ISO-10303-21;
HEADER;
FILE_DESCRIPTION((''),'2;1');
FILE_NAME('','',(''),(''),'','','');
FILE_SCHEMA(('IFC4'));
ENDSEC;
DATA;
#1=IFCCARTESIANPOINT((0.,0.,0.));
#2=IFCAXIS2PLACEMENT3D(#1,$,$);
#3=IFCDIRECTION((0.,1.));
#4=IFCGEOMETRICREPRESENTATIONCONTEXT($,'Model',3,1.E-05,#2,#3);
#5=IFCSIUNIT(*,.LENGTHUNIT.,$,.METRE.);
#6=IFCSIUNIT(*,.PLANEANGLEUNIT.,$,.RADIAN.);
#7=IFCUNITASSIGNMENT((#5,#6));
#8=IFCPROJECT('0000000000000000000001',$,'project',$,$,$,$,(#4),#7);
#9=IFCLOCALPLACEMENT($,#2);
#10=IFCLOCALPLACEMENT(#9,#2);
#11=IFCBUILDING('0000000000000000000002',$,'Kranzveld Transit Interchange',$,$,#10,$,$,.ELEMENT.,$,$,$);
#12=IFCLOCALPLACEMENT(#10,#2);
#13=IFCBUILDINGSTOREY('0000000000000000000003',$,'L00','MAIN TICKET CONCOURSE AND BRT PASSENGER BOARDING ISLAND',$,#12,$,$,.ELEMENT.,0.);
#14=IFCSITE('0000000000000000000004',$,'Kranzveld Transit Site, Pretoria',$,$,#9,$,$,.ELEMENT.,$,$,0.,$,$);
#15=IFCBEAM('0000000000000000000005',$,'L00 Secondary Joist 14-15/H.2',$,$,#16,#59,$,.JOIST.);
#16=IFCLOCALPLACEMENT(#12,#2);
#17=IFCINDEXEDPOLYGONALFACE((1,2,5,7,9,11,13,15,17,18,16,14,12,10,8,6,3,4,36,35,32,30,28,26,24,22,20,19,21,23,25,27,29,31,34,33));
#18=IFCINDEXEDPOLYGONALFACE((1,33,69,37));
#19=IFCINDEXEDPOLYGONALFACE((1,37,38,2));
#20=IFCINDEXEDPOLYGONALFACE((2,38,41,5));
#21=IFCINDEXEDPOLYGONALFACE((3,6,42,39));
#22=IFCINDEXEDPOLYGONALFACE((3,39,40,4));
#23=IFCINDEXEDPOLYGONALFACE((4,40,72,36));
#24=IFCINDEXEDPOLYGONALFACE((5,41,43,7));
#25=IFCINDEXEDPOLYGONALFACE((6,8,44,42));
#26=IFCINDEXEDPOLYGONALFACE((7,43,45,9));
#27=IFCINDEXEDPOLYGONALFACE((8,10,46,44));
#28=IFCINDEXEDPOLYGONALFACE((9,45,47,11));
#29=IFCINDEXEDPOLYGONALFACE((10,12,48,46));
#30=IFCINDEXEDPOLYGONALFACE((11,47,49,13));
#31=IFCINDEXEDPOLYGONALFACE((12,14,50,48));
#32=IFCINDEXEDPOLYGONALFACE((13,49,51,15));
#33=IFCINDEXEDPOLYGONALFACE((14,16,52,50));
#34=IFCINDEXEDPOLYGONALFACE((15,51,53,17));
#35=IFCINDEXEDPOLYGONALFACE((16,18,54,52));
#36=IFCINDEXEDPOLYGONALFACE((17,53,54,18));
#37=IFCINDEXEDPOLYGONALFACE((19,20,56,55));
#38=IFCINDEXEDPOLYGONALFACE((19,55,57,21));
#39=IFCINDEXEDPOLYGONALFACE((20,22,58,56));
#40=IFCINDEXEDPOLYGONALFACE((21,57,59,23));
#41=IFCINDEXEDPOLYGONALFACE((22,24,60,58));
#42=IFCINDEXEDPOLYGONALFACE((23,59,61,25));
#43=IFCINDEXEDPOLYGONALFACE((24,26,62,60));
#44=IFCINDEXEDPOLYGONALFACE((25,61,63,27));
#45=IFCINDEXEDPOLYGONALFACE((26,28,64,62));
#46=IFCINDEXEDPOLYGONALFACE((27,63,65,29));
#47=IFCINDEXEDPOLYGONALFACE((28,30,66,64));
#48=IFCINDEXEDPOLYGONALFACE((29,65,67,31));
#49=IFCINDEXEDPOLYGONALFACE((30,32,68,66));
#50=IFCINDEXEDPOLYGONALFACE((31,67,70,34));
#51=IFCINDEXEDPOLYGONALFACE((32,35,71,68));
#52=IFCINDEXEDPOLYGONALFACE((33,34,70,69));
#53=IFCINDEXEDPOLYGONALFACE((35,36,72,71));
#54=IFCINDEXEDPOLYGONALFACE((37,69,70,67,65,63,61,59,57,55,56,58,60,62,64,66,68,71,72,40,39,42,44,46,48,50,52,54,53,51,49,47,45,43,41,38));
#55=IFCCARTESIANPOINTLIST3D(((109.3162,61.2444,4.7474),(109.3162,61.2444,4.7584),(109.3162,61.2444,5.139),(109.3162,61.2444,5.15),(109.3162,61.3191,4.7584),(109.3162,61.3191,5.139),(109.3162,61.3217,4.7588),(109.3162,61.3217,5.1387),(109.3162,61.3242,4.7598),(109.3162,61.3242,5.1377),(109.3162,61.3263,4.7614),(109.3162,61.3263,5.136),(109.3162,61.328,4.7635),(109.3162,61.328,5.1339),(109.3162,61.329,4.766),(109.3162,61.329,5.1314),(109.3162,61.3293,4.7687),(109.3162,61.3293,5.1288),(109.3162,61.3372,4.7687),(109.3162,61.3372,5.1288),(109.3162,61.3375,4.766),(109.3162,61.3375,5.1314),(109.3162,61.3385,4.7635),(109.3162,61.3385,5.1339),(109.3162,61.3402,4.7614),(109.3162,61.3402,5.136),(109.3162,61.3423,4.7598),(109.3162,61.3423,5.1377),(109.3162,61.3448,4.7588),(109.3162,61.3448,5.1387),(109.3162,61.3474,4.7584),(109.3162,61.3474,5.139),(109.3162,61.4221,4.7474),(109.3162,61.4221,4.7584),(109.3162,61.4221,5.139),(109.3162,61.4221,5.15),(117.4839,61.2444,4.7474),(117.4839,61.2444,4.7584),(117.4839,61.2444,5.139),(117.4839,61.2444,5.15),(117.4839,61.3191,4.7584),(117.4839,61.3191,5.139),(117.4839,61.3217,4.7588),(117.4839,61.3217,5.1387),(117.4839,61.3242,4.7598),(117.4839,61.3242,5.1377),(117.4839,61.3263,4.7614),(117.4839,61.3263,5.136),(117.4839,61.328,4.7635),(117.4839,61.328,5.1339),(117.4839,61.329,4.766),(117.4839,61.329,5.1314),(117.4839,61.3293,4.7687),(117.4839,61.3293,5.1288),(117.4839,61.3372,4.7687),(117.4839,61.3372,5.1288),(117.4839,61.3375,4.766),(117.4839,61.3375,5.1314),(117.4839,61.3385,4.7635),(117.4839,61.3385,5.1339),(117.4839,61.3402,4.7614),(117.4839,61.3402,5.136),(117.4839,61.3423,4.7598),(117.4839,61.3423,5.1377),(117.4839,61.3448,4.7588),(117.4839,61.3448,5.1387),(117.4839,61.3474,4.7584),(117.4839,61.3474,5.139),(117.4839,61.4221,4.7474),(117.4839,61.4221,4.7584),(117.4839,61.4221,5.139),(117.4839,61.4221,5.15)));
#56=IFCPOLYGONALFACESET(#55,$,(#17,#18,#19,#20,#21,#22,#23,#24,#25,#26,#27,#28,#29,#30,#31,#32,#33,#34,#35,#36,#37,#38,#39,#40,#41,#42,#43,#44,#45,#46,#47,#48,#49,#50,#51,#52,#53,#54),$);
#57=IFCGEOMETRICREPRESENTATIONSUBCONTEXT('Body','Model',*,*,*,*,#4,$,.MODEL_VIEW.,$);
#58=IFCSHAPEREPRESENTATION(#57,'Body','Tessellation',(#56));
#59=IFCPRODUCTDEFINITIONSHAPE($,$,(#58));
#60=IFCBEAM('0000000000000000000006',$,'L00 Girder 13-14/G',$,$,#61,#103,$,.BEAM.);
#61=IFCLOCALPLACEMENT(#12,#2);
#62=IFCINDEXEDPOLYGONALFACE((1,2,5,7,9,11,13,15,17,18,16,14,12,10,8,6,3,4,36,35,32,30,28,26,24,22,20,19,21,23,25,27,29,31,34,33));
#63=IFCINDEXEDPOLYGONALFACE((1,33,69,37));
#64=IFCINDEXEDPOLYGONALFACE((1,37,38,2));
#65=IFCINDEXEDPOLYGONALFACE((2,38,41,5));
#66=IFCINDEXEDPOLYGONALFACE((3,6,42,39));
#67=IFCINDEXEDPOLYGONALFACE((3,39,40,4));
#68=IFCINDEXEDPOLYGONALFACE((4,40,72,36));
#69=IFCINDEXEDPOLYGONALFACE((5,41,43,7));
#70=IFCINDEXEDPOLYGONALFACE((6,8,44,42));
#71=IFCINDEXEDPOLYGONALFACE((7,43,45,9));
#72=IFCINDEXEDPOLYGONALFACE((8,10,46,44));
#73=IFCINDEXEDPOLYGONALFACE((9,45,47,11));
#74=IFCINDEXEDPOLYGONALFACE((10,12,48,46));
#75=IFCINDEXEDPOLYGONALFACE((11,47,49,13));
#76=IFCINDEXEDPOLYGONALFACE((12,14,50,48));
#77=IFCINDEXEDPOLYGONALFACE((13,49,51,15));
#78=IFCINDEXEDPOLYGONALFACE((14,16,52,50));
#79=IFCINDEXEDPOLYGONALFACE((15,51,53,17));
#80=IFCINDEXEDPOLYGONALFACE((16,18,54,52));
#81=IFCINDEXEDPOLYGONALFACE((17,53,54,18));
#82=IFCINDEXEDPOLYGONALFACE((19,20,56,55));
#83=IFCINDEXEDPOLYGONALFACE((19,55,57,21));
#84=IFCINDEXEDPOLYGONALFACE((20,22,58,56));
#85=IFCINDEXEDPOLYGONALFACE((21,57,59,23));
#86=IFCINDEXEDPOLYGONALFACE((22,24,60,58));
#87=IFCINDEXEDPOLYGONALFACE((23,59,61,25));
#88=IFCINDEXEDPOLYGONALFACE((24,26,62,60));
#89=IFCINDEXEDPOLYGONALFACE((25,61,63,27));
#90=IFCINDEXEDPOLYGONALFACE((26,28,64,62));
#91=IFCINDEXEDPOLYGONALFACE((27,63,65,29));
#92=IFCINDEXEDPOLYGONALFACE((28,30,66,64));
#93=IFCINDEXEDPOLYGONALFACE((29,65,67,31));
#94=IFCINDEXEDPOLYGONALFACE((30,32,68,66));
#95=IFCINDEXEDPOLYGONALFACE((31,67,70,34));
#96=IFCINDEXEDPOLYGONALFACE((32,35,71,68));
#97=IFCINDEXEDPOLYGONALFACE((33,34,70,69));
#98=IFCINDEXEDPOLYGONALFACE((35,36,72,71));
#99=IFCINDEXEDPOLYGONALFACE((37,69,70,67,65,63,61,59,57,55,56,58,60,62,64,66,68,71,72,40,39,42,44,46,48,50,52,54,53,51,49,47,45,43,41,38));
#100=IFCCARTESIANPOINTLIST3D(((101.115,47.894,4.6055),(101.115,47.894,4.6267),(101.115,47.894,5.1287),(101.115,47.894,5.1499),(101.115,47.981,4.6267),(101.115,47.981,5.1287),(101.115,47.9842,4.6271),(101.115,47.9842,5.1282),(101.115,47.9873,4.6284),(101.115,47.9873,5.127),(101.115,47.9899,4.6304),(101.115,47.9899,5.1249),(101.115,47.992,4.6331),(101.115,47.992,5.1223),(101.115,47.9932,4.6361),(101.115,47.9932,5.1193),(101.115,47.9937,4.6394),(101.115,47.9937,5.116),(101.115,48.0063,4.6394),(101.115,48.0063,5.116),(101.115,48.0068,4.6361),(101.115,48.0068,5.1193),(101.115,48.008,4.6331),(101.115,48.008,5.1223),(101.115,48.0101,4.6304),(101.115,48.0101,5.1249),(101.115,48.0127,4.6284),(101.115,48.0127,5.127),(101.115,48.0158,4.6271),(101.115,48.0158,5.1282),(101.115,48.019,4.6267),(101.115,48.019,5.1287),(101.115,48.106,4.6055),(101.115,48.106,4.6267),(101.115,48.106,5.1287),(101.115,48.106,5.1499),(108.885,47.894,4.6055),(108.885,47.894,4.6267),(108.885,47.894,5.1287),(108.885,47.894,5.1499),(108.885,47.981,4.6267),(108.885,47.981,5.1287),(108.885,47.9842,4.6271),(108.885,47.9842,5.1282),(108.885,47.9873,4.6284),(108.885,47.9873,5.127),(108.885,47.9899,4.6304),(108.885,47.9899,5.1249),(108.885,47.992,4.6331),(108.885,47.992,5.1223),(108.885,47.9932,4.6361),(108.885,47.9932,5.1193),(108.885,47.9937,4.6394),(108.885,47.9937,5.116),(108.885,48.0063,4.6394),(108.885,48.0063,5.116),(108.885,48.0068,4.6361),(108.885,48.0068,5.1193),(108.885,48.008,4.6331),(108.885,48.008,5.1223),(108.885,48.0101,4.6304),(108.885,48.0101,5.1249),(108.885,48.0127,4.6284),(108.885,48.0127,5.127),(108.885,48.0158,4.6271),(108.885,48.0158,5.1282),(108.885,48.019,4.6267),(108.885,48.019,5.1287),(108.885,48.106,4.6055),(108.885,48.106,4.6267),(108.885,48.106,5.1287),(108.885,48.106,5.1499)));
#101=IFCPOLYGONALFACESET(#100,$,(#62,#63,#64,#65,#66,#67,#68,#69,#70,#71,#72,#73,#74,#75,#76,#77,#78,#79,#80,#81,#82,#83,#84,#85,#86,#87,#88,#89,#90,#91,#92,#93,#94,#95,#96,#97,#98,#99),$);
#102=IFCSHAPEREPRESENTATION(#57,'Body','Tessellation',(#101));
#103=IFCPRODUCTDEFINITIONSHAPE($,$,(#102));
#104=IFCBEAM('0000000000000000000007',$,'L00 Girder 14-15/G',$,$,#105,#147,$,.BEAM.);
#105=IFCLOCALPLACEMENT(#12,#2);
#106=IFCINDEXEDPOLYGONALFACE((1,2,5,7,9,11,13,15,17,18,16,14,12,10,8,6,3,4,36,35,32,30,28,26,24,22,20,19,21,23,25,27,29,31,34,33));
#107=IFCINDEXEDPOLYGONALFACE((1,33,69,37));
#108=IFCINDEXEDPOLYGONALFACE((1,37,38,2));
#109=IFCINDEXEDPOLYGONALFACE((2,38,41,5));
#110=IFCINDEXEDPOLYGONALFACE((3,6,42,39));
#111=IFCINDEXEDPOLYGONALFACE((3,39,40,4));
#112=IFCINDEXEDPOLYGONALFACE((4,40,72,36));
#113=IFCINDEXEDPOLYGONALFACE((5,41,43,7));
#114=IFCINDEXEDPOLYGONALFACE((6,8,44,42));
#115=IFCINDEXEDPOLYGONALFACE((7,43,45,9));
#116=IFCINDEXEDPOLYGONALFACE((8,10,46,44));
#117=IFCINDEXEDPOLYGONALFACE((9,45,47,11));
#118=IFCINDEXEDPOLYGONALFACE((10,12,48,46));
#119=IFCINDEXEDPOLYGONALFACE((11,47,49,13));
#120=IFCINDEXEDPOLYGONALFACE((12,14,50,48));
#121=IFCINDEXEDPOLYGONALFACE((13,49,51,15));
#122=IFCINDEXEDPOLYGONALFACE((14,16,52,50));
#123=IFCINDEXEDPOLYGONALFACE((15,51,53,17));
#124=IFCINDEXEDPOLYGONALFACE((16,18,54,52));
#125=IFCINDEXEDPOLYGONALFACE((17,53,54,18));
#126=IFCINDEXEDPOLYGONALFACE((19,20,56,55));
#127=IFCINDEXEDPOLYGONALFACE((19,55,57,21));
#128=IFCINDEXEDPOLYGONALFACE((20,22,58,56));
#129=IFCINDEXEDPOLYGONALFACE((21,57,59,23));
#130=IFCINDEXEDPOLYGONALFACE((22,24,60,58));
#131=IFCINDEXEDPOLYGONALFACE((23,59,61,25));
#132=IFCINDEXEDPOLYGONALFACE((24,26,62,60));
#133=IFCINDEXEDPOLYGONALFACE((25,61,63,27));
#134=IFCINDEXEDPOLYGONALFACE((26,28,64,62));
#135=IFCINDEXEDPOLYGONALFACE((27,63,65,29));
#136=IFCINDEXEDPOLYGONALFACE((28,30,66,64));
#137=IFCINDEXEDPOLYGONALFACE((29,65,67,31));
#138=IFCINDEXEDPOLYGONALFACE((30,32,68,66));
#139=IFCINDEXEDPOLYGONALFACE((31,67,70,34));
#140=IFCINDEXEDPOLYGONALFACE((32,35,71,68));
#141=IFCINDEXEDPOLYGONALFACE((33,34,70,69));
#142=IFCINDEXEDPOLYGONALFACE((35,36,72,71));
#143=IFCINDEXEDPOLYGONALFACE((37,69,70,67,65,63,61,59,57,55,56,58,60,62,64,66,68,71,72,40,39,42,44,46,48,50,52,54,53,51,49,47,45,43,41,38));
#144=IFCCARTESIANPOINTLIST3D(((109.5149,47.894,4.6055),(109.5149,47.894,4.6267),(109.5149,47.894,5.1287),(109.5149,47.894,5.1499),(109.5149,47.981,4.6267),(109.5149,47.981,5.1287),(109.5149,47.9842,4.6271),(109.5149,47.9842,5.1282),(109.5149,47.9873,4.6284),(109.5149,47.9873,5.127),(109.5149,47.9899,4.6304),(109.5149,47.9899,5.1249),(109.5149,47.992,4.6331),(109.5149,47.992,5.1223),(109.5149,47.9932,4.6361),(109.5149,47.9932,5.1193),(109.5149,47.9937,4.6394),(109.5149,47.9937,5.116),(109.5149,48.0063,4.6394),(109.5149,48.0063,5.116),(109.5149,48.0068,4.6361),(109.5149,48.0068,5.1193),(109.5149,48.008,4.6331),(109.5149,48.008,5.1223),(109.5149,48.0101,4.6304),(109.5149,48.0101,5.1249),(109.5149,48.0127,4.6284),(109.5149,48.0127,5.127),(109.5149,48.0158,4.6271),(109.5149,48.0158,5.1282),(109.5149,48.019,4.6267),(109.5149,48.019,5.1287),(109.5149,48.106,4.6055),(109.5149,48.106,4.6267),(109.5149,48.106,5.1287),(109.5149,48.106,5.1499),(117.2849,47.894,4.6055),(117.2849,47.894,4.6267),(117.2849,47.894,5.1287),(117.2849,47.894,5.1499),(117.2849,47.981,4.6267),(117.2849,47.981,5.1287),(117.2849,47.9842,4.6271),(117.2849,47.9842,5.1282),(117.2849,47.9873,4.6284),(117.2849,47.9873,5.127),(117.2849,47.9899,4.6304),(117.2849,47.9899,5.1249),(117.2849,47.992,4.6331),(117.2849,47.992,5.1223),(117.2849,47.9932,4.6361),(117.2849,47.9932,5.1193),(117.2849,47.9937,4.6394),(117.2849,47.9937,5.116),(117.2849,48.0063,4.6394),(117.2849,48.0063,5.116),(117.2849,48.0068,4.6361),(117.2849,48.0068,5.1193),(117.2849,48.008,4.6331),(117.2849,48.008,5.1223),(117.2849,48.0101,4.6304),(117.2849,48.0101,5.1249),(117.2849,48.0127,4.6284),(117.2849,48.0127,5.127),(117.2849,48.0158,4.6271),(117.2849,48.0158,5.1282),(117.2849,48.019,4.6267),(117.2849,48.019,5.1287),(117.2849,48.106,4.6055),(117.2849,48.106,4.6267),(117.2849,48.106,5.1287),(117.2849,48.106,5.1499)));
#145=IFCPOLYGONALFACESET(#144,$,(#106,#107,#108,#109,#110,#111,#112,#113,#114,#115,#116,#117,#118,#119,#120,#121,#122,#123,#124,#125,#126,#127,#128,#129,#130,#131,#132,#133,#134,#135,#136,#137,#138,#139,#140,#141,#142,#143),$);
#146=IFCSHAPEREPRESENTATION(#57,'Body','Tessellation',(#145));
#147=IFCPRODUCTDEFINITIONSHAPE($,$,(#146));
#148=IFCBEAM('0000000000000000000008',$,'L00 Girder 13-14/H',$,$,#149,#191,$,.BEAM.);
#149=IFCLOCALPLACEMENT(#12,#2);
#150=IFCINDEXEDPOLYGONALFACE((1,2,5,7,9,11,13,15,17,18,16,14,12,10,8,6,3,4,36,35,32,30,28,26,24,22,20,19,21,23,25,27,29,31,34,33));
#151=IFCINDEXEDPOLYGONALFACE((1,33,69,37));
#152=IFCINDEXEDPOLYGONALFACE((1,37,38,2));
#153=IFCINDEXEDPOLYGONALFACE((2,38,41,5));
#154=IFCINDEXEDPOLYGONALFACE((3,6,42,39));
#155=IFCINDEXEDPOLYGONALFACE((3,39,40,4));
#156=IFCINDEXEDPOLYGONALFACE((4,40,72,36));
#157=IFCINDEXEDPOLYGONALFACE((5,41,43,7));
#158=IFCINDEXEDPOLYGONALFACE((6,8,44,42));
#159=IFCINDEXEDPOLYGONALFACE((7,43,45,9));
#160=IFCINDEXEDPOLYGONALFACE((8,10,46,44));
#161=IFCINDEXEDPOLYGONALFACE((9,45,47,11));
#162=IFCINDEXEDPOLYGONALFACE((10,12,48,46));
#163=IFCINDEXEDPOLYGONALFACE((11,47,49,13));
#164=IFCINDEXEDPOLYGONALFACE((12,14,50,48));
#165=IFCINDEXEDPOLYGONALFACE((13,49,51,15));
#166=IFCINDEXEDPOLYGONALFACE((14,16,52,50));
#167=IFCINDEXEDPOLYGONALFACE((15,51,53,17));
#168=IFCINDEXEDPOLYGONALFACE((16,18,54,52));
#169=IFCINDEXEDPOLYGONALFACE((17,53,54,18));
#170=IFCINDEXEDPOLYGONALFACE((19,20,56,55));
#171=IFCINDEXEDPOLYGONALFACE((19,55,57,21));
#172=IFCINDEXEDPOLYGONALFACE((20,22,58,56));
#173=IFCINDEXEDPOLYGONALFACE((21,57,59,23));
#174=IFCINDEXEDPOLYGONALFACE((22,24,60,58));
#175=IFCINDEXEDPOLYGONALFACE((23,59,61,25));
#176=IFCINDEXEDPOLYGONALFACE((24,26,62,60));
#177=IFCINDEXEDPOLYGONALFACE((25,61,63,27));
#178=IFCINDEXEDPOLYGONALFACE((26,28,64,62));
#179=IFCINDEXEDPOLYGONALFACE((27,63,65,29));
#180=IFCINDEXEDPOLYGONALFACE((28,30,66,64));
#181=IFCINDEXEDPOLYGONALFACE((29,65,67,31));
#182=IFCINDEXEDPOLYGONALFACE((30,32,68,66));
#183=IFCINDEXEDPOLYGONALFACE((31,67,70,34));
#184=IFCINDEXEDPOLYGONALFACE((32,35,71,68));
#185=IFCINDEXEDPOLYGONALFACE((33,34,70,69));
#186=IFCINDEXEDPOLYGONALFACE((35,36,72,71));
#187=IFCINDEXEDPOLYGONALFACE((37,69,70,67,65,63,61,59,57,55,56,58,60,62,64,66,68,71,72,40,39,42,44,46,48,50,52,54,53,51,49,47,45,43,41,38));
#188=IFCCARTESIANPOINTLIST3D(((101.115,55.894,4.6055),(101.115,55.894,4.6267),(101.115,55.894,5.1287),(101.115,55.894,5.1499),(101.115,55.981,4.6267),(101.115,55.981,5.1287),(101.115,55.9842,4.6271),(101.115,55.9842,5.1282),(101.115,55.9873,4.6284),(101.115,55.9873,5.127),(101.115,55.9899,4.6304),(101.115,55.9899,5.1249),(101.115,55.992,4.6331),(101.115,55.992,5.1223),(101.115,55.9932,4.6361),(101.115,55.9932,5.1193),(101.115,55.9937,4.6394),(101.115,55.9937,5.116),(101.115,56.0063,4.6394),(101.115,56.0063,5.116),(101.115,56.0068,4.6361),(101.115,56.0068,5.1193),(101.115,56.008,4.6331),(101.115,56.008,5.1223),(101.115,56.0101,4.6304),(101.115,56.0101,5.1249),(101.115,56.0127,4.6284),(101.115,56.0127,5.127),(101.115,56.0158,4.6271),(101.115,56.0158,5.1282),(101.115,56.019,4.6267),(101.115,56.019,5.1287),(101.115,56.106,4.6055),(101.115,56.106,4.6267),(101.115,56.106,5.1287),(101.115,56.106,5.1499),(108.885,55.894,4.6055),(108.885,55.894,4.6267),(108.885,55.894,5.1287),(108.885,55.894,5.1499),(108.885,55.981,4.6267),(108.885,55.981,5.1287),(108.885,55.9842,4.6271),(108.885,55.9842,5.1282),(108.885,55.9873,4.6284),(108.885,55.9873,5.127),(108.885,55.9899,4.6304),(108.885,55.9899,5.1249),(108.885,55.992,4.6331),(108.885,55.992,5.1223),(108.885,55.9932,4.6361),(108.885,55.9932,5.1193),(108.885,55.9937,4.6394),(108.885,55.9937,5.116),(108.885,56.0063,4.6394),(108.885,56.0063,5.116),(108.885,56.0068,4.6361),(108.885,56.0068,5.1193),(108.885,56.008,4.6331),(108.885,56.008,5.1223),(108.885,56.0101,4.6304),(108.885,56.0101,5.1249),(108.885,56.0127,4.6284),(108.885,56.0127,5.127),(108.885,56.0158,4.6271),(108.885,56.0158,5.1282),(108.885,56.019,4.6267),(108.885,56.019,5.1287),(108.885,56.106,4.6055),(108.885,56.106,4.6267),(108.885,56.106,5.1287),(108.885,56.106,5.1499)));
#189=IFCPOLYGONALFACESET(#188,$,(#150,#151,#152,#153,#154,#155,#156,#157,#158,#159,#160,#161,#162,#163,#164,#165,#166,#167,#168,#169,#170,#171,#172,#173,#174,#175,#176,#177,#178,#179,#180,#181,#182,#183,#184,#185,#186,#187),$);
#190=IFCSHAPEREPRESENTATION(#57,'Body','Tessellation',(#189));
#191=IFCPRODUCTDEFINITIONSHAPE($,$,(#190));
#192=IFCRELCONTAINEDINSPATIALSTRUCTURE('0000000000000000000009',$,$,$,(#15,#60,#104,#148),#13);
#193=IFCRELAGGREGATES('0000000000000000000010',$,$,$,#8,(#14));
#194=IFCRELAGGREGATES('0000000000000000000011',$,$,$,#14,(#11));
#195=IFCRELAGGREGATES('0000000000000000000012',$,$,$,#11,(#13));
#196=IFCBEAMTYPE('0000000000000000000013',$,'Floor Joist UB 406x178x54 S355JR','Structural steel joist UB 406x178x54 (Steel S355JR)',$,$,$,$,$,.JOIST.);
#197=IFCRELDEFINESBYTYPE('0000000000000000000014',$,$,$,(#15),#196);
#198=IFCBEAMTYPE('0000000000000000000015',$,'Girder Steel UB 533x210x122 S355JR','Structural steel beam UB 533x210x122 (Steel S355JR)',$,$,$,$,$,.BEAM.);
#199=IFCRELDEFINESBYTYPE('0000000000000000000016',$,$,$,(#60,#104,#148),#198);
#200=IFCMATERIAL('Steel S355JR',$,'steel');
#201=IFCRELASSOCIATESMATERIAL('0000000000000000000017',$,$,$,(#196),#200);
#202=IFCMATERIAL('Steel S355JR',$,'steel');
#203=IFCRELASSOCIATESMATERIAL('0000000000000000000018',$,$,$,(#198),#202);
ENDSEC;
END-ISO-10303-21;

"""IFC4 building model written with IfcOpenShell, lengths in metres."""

from ifc_helpers import new_model, si_unit, direction, frame, origin, origin_2d, place, context, subcontext, project, spatial, i_section, extrude, material, material_profile, profile_set, type_object, element, save


model = new_model("IFC4")

# Units and contexts
model_context = context("Model", 3, precision=1e-05, world=origin(), true_north=direction((0.0, 1.0)))
body_context = subcontext(model_context, "Body", "Model", "MODEL_VIEW")
ifc_project = project(units=[si_unit("LENGTHUNIT", "METRE"), si_unit("PLANEANGLEUNIT", "RADIAN")], contexts=[model_context])

# Site, building, storey
site_placement = place(None, origin())
site = spatial("IfcSite", under=ifc_project, at=site_placement, Name="Kranzveld Transit Site, Pretoria", CompositionType="ELEMENT", RefElevation=0.0)
building_placement = place(site_placement, origin())
building = spatial("IfcBuilding", under=site, at=building_placement, Name="Kranzveld Transit Interchange", CompositionType="ELEMENT")
storey_placement = place(building_placement, origin())
storey = spatial("IfcBuildingStorey", under=building, at=storey_placement, Name="L00", Description="MAIN TICKET CONCOURSE AND BRT PASSENGER BOARDING ISLAND", CompositionType="ELEMENT", Elevation=0.0)

# Beams
ifc_material_1 = material(Name="Steel S355JR", Category="steel")
ifc_material_profile_1 = material_profile(ifc_material_1, i_section(OverallWidth=0.1777, OverallDepth=0.4026, WebThickness=0.0078, FlangeThickness=0.011, FilletRadius=0.0103, at=origin_2d()), Name="UB 406x178x54")
ifc_profile_set_1 = profile_set([ifc_material_profile_1], Name="Steel S355JR")
beam_type_1 = type_object("IfcBeamType", Name="Floor Joist UB 406x178x54 S355JR", Description="Structural steel joist UB 406x178x54 (Steel S355JR)", PredefinedType="JOIST", material=ifc_profile_set_1)
for number, where, z_axis, x_axis, name in (
    (1, (109.3162, 61.3333, 4.9487), (1.0, 0.0, 0.0), (0.0, 1.0, 0.0), "L00 Secondary Joist 14-15/H.2"),
):
    element("IfcBeam", number, at=place(storey_placement, frame(where, z_axis=z_axis, x_axis=x_axis)), inside=storey, type_object=beam_type_1, Name=name, PredefinedType="JOIST", context=body_context, shape_type="SweptSolid", body=[
        extrude(i_section(OverallWidth=0.1777, OverallDepth=0.4026, WebThickness=0.0078, FlangeThickness=0.011, FilletRadius=0.0103, at=origin_2d()), origin(), (0.0, 0.0, 1.0), 8.1677),
    ])
ifc_material_2 = material(Name="Steel S355JR", Category="steel")
ifc_material_profile_2 = material_profile(ifc_material_2, i_section(OverallWidth=0.2119, OverallDepth=0.5444, WebThickness=0.0127, FlangeThickness=0.0212, FilletRadius=0.0127, at=origin_2d()), Name="UB 533x210x122")
ifc_profile_set_2 = profile_set([ifc_material_profile_2], Name="Steel S355JR")
beam_type_2 = type_object("IfcBeamType", Name="Girder Steel UB 533x210x122 S355JR", Description="Structural steel beam UB 533x210x122 (Steel S355JR)", PredefinedType="BEAM", material=ifc_profile_set_2)
for number, where, z_axis, x_axis, name in (
    (2, (101.115, 48.0, 4.8777), (1.0, 0.0, 0.0), (0.0, 1.0, 0.0), "L00 Girder 13-14/G"),
    (3, (109.5149, 48.0, 4.8777), (1.0, 0.0, 0.0), (0.0, 1.0, 0.0), "L00 Girder 14-15/G"),
    (4, (101.115, 56.0, 4.8777), (1.0, 0.0, 0.0), (0.0, 1.0, 0.0), "L00 Girder 13-14/H"),
):
    element("IfcBeam", number, at=place(storey_placement, frame(where, z_axis=z_axis, x_axis=x_axis)), inside=storey, type_object=beam_type_2, Name=name, PredefinedType="BEAM", context=body_context, shape_type="SweptSolid", body=[
        extrude(i_section(OverallWidth=0.2119, OverallDepth=0.5444, WebThickness=0.0127, FlangeThickness=0.0212, FilletRadius=0.0127, at=origin_2d()), origin(), (0.0, 0.0, 1.0), 7.77),
    ])

save(model, "model.ifc")
